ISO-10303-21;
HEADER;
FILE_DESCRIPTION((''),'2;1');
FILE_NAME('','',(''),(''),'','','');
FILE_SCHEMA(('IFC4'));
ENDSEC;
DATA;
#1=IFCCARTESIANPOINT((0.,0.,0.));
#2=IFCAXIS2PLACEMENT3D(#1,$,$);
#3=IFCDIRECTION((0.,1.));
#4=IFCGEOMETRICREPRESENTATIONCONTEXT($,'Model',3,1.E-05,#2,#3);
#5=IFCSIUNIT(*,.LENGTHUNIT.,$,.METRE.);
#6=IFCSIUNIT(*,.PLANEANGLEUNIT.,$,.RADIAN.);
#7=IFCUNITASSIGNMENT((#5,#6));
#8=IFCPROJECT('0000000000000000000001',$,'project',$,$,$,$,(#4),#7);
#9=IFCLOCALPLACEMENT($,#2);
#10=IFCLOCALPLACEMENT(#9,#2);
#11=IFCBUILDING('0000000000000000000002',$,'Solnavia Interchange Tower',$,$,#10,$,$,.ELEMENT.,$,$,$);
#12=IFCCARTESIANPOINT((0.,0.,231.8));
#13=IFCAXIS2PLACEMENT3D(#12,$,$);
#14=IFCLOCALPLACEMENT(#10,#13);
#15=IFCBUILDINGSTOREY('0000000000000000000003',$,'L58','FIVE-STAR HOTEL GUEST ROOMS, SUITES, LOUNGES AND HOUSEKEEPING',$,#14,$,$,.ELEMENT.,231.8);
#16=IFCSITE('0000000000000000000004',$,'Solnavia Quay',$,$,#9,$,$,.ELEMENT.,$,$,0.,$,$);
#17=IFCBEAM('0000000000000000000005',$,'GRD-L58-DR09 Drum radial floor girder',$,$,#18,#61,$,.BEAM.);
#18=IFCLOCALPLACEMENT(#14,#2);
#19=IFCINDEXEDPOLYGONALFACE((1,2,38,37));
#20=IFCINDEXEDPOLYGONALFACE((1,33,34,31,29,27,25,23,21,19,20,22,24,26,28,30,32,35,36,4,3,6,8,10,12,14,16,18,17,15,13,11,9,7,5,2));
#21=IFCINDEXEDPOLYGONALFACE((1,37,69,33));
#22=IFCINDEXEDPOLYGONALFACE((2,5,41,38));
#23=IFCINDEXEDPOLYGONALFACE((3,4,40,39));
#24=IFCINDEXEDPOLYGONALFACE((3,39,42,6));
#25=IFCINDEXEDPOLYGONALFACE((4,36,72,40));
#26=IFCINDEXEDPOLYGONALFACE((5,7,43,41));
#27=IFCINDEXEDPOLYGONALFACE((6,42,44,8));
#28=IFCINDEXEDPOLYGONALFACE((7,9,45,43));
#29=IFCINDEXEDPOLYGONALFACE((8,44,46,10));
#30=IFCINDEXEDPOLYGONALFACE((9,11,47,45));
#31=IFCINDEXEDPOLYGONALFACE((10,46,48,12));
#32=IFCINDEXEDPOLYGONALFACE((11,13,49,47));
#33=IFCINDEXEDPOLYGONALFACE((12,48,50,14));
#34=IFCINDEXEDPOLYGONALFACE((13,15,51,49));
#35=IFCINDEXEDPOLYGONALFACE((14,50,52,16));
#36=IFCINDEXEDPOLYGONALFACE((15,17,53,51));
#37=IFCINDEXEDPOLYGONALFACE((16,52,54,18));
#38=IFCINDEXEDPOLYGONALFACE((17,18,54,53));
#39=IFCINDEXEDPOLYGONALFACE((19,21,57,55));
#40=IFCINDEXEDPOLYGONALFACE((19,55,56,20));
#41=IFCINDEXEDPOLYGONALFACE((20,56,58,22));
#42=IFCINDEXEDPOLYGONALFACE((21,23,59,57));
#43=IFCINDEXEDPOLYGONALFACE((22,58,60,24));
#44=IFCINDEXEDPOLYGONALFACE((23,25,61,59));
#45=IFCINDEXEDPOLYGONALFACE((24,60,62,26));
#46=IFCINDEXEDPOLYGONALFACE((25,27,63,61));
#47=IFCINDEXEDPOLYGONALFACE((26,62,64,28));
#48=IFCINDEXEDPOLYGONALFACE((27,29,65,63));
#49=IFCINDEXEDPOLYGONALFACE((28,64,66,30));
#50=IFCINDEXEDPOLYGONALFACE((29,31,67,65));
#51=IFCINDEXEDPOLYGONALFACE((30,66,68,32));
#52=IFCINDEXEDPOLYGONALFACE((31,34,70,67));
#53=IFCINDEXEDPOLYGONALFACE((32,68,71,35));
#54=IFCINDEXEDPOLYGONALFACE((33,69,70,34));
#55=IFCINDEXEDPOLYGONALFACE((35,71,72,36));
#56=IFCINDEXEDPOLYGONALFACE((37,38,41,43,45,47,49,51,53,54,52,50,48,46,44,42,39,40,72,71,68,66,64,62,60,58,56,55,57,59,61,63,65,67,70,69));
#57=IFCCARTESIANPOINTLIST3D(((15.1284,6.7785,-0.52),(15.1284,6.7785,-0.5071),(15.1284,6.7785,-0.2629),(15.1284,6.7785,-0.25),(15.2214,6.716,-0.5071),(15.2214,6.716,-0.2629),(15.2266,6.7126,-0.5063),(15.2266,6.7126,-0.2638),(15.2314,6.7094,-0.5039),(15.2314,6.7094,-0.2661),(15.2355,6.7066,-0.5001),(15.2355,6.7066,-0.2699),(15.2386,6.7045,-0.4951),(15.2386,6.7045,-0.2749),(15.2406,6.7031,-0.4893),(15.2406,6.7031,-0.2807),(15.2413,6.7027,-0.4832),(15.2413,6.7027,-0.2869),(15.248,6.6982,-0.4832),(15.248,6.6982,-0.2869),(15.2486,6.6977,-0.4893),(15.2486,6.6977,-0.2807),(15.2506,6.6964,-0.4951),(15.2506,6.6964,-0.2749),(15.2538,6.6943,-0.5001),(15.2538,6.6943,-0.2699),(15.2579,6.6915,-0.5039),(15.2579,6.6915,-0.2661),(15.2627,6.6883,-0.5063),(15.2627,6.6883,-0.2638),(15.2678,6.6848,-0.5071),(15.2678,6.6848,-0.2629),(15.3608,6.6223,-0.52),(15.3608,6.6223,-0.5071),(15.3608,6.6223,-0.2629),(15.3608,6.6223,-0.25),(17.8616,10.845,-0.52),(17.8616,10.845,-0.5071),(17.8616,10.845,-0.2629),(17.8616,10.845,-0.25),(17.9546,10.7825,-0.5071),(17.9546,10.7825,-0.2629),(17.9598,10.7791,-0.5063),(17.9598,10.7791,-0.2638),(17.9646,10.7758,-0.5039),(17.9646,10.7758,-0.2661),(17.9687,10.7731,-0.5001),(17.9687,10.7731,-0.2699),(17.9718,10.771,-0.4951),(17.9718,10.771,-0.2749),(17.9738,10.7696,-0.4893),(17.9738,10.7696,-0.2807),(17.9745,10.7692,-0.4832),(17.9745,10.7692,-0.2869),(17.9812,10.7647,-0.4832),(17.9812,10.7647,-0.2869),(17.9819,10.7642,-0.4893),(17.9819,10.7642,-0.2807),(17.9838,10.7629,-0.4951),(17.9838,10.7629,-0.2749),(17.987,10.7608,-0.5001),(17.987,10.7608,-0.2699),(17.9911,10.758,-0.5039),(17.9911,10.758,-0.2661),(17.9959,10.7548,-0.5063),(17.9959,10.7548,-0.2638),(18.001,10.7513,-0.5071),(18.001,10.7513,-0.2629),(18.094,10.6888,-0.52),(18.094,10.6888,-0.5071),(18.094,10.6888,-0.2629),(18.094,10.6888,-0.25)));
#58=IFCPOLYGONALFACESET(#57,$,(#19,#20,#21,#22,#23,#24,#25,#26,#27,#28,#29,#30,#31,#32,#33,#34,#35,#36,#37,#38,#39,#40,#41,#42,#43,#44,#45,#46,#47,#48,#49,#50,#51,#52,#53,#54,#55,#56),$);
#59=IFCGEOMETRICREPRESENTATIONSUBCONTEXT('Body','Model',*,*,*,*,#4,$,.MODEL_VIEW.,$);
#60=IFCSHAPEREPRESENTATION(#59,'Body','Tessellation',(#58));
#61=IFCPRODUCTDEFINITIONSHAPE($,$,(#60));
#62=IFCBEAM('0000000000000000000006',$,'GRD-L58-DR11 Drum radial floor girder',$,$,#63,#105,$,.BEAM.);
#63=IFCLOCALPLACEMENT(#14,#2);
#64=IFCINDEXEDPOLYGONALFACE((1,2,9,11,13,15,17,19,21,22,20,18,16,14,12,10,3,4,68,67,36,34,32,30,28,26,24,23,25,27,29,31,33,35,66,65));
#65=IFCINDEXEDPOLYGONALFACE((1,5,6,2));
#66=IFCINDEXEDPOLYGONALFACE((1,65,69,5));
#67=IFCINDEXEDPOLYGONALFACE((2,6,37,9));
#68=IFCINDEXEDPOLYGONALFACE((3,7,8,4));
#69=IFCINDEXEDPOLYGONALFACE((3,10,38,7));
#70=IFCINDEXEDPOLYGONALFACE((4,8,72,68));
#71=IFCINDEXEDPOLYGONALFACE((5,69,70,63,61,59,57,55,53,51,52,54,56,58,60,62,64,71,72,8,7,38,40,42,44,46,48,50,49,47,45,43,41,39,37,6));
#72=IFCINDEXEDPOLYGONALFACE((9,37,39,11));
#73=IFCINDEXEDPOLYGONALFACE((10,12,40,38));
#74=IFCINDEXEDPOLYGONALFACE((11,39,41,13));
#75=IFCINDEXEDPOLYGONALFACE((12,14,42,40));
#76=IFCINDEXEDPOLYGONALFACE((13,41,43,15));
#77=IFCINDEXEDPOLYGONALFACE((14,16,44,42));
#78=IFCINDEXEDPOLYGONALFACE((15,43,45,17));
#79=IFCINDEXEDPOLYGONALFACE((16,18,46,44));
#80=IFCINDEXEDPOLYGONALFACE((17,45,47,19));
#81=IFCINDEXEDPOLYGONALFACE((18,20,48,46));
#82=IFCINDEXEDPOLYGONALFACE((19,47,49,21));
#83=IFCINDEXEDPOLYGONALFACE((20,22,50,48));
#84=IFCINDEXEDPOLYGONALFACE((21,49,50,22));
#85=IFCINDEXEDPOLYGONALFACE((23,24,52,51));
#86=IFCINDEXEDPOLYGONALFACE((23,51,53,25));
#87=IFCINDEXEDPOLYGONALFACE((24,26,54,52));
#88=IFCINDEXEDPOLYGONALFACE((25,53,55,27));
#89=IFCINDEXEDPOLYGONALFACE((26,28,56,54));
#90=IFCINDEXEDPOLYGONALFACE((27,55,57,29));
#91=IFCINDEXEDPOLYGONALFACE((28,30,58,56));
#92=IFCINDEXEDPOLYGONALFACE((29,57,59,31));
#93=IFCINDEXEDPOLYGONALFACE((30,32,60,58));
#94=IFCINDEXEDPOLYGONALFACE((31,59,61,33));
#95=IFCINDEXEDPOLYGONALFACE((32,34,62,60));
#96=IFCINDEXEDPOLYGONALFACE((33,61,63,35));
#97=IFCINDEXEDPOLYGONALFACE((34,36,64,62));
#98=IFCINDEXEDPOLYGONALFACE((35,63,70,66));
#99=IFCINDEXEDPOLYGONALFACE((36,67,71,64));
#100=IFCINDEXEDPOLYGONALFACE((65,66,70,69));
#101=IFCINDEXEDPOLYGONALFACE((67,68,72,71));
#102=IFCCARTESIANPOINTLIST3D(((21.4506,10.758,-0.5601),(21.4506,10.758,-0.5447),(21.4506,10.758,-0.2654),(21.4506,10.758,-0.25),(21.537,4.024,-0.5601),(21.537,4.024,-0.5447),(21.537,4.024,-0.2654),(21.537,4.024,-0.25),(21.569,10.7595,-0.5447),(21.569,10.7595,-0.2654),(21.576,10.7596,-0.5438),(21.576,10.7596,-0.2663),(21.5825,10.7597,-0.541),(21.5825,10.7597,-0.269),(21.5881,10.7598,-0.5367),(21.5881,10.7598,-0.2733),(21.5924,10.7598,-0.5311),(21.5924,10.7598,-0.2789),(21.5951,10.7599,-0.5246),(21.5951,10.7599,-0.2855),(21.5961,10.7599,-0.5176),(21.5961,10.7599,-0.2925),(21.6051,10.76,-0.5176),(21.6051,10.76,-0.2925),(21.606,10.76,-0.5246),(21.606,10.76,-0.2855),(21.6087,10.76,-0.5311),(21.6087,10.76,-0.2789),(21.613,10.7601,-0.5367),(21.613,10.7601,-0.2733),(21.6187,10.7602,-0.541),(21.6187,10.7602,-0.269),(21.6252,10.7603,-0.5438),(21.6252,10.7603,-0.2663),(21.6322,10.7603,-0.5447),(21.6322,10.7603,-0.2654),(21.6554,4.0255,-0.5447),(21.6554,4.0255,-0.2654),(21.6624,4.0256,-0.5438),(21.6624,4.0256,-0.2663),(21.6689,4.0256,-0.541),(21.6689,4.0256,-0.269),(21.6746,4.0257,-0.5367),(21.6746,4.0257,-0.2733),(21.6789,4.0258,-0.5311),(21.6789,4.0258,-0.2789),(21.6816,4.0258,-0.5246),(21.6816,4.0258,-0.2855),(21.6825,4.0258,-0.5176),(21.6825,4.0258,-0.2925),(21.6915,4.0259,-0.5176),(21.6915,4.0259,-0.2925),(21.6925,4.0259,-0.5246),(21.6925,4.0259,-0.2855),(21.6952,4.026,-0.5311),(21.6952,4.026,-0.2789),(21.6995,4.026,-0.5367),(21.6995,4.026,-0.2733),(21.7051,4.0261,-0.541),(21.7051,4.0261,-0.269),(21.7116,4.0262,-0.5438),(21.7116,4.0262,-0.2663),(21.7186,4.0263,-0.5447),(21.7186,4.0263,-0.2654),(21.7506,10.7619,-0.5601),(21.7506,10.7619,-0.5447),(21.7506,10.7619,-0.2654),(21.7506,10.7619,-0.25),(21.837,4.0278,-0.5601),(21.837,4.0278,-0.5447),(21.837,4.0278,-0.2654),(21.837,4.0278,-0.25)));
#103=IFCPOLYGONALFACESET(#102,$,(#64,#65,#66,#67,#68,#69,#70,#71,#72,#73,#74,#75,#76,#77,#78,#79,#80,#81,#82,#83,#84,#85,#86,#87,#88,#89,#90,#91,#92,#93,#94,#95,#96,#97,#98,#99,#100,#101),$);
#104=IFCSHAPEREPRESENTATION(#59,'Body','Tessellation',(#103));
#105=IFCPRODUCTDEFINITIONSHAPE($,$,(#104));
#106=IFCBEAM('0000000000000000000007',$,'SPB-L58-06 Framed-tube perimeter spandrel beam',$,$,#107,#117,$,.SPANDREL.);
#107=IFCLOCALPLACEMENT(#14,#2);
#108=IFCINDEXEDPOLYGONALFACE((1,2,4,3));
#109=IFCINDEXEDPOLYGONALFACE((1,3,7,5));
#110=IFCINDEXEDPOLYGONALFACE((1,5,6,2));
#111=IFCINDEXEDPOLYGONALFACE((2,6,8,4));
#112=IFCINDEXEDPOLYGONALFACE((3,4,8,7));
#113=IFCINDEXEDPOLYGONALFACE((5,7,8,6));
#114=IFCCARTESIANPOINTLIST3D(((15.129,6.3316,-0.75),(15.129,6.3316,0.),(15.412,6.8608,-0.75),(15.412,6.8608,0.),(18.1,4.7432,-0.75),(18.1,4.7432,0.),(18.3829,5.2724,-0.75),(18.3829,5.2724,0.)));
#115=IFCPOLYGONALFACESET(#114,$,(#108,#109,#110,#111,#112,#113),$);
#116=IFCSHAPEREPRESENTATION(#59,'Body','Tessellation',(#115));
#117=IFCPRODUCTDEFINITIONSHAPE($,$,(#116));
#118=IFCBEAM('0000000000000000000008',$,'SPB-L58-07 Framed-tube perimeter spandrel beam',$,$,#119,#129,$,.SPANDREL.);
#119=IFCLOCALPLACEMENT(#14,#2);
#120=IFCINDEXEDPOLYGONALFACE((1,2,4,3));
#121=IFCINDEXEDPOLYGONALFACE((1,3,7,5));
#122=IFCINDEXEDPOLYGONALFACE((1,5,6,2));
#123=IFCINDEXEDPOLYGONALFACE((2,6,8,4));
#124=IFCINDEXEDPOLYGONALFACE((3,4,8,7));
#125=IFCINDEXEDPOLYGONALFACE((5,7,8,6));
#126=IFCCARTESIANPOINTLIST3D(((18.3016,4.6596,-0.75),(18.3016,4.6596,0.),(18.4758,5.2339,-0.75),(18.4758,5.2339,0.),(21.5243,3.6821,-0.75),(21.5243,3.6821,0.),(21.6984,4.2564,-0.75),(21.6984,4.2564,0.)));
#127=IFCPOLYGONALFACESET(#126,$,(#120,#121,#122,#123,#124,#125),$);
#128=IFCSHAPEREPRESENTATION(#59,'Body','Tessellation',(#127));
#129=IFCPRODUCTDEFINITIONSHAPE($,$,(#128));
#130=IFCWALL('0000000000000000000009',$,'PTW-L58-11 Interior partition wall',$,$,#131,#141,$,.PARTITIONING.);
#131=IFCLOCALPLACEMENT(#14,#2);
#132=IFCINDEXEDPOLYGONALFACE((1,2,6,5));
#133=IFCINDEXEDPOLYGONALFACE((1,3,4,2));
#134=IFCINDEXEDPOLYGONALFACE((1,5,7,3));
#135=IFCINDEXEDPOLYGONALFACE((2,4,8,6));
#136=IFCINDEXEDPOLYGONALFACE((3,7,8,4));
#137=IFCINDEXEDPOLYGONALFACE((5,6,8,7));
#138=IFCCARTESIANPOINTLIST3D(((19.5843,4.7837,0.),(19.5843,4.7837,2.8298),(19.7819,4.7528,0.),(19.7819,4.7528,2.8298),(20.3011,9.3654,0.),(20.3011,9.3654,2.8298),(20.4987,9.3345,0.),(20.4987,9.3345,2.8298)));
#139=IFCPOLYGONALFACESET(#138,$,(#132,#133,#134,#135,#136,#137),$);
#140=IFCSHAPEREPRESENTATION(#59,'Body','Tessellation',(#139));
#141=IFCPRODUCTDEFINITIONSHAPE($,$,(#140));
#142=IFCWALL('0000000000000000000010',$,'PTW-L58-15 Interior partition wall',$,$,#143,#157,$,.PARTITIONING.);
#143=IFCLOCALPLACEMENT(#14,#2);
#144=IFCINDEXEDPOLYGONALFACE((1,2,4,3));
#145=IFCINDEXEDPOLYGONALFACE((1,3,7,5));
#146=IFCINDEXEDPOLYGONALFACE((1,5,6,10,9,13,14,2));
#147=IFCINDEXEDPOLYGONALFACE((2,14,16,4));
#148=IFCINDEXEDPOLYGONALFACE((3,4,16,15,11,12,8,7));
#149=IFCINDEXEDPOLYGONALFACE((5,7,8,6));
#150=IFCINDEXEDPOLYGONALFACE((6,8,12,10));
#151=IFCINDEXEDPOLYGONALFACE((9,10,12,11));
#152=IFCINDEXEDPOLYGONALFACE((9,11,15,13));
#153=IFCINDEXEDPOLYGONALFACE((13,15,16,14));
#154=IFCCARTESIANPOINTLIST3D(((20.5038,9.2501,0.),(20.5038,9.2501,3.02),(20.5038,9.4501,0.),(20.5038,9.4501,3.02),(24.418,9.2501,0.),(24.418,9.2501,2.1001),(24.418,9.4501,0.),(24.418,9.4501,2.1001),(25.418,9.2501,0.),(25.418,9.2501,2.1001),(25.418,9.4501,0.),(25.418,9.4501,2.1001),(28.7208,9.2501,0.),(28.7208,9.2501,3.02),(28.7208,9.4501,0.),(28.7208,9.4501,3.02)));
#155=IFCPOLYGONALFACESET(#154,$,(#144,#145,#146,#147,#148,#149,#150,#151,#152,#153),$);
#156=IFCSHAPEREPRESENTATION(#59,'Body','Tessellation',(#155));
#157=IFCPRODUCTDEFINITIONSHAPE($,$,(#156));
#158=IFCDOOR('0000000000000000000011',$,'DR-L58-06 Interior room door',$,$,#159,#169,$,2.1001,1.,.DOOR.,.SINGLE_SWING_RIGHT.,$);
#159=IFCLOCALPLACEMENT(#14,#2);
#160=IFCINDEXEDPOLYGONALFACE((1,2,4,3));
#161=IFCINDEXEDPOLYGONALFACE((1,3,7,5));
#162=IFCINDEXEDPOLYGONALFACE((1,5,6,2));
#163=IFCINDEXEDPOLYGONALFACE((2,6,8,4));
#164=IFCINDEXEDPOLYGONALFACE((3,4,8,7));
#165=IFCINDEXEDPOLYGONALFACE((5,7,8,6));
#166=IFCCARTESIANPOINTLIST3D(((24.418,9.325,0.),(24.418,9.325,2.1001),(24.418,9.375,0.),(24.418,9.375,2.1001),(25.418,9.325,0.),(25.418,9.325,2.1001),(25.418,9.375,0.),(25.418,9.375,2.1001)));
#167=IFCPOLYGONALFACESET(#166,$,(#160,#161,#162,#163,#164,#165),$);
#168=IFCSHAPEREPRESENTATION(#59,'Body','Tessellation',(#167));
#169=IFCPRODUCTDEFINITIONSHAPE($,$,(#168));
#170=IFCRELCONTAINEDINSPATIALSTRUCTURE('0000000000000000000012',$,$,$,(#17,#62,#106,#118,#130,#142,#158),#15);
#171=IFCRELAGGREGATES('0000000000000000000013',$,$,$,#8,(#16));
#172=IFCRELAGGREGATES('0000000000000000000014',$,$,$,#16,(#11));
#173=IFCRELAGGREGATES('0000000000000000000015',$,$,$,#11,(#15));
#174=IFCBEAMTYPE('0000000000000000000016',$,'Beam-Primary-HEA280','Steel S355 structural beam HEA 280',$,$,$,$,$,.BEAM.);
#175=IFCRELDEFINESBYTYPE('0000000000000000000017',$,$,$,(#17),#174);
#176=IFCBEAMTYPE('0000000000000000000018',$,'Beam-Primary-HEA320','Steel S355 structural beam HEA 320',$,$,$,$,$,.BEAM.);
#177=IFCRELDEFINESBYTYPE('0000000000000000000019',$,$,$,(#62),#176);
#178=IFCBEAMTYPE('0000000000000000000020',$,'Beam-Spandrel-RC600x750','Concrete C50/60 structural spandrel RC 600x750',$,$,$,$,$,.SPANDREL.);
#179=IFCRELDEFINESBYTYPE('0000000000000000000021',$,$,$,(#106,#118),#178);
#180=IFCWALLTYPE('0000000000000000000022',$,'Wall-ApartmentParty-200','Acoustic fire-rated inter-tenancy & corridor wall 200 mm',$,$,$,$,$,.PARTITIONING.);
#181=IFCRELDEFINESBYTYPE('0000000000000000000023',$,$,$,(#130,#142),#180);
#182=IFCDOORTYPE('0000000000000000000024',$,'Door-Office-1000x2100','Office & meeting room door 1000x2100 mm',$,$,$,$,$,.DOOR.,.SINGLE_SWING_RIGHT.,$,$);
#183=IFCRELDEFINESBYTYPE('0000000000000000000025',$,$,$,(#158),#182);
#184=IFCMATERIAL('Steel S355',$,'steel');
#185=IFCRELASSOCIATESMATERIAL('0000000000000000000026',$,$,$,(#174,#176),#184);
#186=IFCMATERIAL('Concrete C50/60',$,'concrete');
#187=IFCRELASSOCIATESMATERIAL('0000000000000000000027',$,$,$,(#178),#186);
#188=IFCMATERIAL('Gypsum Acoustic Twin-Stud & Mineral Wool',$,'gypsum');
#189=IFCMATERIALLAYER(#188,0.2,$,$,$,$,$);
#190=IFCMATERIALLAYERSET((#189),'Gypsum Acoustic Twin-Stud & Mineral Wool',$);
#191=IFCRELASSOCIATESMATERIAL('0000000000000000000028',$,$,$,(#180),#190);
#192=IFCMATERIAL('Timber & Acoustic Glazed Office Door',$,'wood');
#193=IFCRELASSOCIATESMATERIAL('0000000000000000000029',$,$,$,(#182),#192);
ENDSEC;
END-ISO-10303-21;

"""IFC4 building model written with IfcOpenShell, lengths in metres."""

from ifc_helpers import new_model, si_unit, direction, frame, frame_2d, origin, origin_2d, place, context, subcontext, project, spatial, rectangle, i_section, extrude, material, layer, layer_set, material_profile, profile_set, type_object, element, fill, save


model = new_model("IFC4")

# Units and contexts
model_context = context("Model", 3, precision=1e-05, world=origin(), true_north=direction((0.0, 1.0)))
body_context = subcontext(model_context, "Body", "Model", "MODEL_VIEW")
ifc_project = project(units=[si_unit("LENGTHUNIT", "METRE"), si_unit("PLANEANGLEUNIT", "RADIAN")], contexts=[model_context])

# Site, building, storey
site_placement = place(None, origin())
site = spatial("IfcSite", under=ifc_project, at=site_placement, Name="Solnavia Quay", CompositionType="ELEMENT", RefElevation=0.0)
building_placement = place(site_placement, origin())
building = spatial("IfcBuilding", under=site, at=building_placement, Name="Solnavia Interchange Tower", CompositionType="ELEMENT")
storey_placement = place(building_placement, frame((0.0, 0.0, 231.8)))
storey = spatial("IfcBuildingStorey", under=building, at=storey_placement, Name="L58", Description="FIVE-STAR HOTEL GUEST ROOMS, SUITES, LOUNGES AND HOUSEKEEPING", CompositionType="ELEMENT", Elevation=231.8)

# Shared definitions
ifc_material_1 = material(Name="Concrete C50/60", Category="concrete")

# Beams
ifc_material_2 = material(Name="Steel S355", Category="steel")
ifc_material_profile_1 = material_profile(ifc_material_2, i_section(OverallWidth=0.28, OverallDepth=0.27, WebThickness=0.0081, FlangeThickness=0.0129, FilletRadius=0.0239, at=origin_2d()), Name="HEA 280")
ifc_profile_set_1 = profile_set([ifc_material_profile_1], Name="Steel S355")
beam_type_1 = type_object("IfcBeamType", Name="Beam-Primary-HEA280", Description="Steel S355 structural beam HEA 280", PredefinedType="BEAM", material=ifc_profile_set_1)
beam_1_placement = place(storey_placement, frame((15.2446, 6.7004, -0.385), z_axis=(0.557835, 0.829952, 0.0), x_axis=(-0.829952, 0.557835, 0.0)))
element("IfcBeam", 1, at=beam_1_placement, inside=storey, type_object=beam_type_1, Name="GRD-L58-DR09 Drum radial floor girder", PredefinedType="BEAM", context=body_context, shape_type="SweptSolid", body=[
    extrude(i_section(OverallWidth=0.28, OverallDepth=0.27, WebThickness=0.0081, FlangeThickness=0.0129, FilletRadius=0.0239, at=origin_2d()), origin(), (0.0, 0.0, 1.0), 4.8997),
])
ifc_material_profile_2 = material_profile(ifc_material_2, i_section(OverallWidth=0.3, OverallDepth=0.3101, WebThickness=0.009, FlangeThickness=0.0154, FilletRadius=0.0271, at=origin_2d()), Name="HEA 320")
ifc_profile_set_2 = profile_set([ifc_material_profile_2], Name="Steel S355")
beam_type_2 = type_object("IfcBeamType", Name="Beam-Primary-HEA320", Description="Steel S355 structural beam HEA 320", PredefinedType="BEAM", material=ifc_profile_set_2)
beam_2_placement = place(storey_placement, frame((21.687, 4.0259, -0.405), z_axis=(-0.012833, 0.999918, 0.0), x_axis=(-0.999918, -0.012833, 0.0)))
element("IfcBeam", 2, at=beam_2_placement, inside=storey, type_object=beam_type_2, Name="GRD-L58-DR11 Drum radial floor girder", PredefinedType="BEAM", context=body_context, shape_type="SweptSolid", body=[
    extrude(i_section(OverallWidth=0.3, OverallDepth=0.3101, WebThickness=0.009, FlangeThickness=0.0154, FilletRadius=0.0271, at=origin_2d()), origin(), (0.0, 0.0, 1.0), 6.7346),
])
ifc_material_profile_3 = material_profile(ifc_material_1, rectangle(XDim=0.6001, YDim=0.75, at=origin_2d()), Name="RC 600x750")
ifc_profile_set_3 = profile_set([ifc_material_profile_3], Name="Concrete C50/60")
beam_type_3 = type_object("IfcBeamType", Name="Beam-Spandrel-RC600x750", Description="Concrete C50/60 structural spandrel RC 600x750", PredefinedType="SPANDREL", material=ifc_profile_set_3)
beam_3_placement = place(storey_placement, frame((15.2705, 6.5962, -0.375), z_axis=(0.881875, -0.471483, 0.0), x_axis=(0.471483, 0.881875, 0.0)))
element("IfcBeam", 3, at=beam_3_placement, inside=storey, type_object=beam_type_3, Name="SPB-L58-06 Framed-tube perimeter spandrel beam", PredefinedType="SPANDREL", context=body_context, shape_type="SweptSolid", body=[
    extrude(rectangle(XDim=0.6001, YDim=0.75, at=origin_2d()), origin(), (0.0, 0.0, 1.0), 3.3689),
])
beam_4_placement = place(storey_placement, frame((18.3887, 4.9468, -0.375), z_axis=(0.956944, -0.290273, 0.0), x_axis=(0.290273, 0.956944, 0.0)))
element("IfcBeam", 4, at=beam_4_placement, inside=storey, type_object=beam_type_3, Name="SPB-L58-07 Framed-tube perimeter spandrel beam", PredefinedType="SPANDREL", context=body_context, shape_type="SweptSolid", body=[
    extrude(rectangle(XDim=0.6001, YDim=0.75, at=origin_2d()), origin(), (0.0, 0.0, 1.0), 3.3677),
])

# Wall
ifc_material_3 = material(Name="Gypsum Acoustic Twin-Stud & Mineral Wool", Category="gypsum")
ifc_layer_1 = layer(ifc_material_3, 0.2)
ifc_layer_set_1 = layer_set([ifc_layer_1], Name="Gypsum Acoustic Twin-Stud & Mineral Wool")
wall_type_1 = type_object("IfcWallType", Name="Wall-ApartmentParty-200", Description="Acoustic fire-rated inter-tenancy & corridor wall 200 mm", PredefinedType="PARTITIONING", material=ifc_layer_set_1)
wall_1_placement = place(storey_placement, frame((20.3999, 9.3501, 0.0), z_axis=(0.0, 0.0, 1.0), x_axis=(-0.154565, -0.987983, 0.0)))
element("IfcWall", 5, at=wall_1_placement, inside=storey, type_object=wall_type_1, Name="PTW-L58-11 Interior partition wall", PredefinedType="PARTITIONING", context=body_context, shape_type="SweptSolid", body=[
    extrude(rectangle(XDim=4.6375, YDim=0.2, at=frame_2d((2.3188, 0.0))), origin(), (0.0, 0.0, 1.0), 2.8298),
])

# Wall, opening, door
wall_2_placement = place(storey_placement, frame((20.5039, 9.3501, 0.0), z_axis=(0.0, 0.0, 1.0), x_axis=(1.0, 0.0, 0.0)))
wall_2 = element("IfcWall", 6, at=wall_2_placement, inside=storey, type_object=wall_type_1, Name="PTW-L58-15 Interior partition wall", PredefinedType="PARTITIONING", context=body_context, shape_type="SweptSolid", body=[
    extrude(rectangle(XDim=8.217, YDim=0.2, at=frame_2d((4.1084, 0.0))), origin(), (0.0, 0.0, 1.0), 3.02),
])
opening_1_placement = place(wall_2_placement, frame((3.9141, 0.0, 0.0)))
opening_1 = element("IfcOpeningElement", 7, at=opening_1_placement, cuts=wall_2, PredefinedType="OPENING", context=body_context, shape_type="SweptSolid", body=[
    extrude(rectangle(XDim=1.0, YDim=2.1001, at=frame_2d((0.5, 1.05))), frame((0.0, 0.1099, 0.0), z_axis=(0.0, -1.0, 0.0), x_axis=(1.0, 0.0, 0.0)), (0.0, 0.0, 1.0), 0.22),
])
ifc_material_4 = material(Name="Timber & Acoustic Glazed Office Door", Category="wood")
door_type_1 = type_object("IfcDoorType", Name="Door-Office-1000x2100", Description="Office & meeting room door 1000x2100 mm", OperationType="SINGLE_SWING_RIGHT", PredefinedType="DOOR", material=ifc_material_4)
door_1_placement = place(opening_1_placement, origin())
door_1 = element("IfcDoor", 8, at=door_1_placement, inside=storey, type_object=door_type_1, Name="DR-L58-06 Interior room door", OperationType="SINGLE_SWING_RIGHT", OverallHeight=2.1001, OverallWidth=1.0, PredefinedType="DOOR", context=body_context, shape_type="SweptSolid", body=[
    extrude(rectangle(XDim=1.0, YDim=2.1001, at=frame_2d((0.5, 1.05))), frame((0.0, 0.0249, 0.0), z_axis=(0.0, -1.0, 0.0), x_axis=(1.0, 0.0, 0.0)), (0.0, 0.0, 1.0), 0.05),
])
fill(opening_1, door_1)

save(model, "model.ifc")
